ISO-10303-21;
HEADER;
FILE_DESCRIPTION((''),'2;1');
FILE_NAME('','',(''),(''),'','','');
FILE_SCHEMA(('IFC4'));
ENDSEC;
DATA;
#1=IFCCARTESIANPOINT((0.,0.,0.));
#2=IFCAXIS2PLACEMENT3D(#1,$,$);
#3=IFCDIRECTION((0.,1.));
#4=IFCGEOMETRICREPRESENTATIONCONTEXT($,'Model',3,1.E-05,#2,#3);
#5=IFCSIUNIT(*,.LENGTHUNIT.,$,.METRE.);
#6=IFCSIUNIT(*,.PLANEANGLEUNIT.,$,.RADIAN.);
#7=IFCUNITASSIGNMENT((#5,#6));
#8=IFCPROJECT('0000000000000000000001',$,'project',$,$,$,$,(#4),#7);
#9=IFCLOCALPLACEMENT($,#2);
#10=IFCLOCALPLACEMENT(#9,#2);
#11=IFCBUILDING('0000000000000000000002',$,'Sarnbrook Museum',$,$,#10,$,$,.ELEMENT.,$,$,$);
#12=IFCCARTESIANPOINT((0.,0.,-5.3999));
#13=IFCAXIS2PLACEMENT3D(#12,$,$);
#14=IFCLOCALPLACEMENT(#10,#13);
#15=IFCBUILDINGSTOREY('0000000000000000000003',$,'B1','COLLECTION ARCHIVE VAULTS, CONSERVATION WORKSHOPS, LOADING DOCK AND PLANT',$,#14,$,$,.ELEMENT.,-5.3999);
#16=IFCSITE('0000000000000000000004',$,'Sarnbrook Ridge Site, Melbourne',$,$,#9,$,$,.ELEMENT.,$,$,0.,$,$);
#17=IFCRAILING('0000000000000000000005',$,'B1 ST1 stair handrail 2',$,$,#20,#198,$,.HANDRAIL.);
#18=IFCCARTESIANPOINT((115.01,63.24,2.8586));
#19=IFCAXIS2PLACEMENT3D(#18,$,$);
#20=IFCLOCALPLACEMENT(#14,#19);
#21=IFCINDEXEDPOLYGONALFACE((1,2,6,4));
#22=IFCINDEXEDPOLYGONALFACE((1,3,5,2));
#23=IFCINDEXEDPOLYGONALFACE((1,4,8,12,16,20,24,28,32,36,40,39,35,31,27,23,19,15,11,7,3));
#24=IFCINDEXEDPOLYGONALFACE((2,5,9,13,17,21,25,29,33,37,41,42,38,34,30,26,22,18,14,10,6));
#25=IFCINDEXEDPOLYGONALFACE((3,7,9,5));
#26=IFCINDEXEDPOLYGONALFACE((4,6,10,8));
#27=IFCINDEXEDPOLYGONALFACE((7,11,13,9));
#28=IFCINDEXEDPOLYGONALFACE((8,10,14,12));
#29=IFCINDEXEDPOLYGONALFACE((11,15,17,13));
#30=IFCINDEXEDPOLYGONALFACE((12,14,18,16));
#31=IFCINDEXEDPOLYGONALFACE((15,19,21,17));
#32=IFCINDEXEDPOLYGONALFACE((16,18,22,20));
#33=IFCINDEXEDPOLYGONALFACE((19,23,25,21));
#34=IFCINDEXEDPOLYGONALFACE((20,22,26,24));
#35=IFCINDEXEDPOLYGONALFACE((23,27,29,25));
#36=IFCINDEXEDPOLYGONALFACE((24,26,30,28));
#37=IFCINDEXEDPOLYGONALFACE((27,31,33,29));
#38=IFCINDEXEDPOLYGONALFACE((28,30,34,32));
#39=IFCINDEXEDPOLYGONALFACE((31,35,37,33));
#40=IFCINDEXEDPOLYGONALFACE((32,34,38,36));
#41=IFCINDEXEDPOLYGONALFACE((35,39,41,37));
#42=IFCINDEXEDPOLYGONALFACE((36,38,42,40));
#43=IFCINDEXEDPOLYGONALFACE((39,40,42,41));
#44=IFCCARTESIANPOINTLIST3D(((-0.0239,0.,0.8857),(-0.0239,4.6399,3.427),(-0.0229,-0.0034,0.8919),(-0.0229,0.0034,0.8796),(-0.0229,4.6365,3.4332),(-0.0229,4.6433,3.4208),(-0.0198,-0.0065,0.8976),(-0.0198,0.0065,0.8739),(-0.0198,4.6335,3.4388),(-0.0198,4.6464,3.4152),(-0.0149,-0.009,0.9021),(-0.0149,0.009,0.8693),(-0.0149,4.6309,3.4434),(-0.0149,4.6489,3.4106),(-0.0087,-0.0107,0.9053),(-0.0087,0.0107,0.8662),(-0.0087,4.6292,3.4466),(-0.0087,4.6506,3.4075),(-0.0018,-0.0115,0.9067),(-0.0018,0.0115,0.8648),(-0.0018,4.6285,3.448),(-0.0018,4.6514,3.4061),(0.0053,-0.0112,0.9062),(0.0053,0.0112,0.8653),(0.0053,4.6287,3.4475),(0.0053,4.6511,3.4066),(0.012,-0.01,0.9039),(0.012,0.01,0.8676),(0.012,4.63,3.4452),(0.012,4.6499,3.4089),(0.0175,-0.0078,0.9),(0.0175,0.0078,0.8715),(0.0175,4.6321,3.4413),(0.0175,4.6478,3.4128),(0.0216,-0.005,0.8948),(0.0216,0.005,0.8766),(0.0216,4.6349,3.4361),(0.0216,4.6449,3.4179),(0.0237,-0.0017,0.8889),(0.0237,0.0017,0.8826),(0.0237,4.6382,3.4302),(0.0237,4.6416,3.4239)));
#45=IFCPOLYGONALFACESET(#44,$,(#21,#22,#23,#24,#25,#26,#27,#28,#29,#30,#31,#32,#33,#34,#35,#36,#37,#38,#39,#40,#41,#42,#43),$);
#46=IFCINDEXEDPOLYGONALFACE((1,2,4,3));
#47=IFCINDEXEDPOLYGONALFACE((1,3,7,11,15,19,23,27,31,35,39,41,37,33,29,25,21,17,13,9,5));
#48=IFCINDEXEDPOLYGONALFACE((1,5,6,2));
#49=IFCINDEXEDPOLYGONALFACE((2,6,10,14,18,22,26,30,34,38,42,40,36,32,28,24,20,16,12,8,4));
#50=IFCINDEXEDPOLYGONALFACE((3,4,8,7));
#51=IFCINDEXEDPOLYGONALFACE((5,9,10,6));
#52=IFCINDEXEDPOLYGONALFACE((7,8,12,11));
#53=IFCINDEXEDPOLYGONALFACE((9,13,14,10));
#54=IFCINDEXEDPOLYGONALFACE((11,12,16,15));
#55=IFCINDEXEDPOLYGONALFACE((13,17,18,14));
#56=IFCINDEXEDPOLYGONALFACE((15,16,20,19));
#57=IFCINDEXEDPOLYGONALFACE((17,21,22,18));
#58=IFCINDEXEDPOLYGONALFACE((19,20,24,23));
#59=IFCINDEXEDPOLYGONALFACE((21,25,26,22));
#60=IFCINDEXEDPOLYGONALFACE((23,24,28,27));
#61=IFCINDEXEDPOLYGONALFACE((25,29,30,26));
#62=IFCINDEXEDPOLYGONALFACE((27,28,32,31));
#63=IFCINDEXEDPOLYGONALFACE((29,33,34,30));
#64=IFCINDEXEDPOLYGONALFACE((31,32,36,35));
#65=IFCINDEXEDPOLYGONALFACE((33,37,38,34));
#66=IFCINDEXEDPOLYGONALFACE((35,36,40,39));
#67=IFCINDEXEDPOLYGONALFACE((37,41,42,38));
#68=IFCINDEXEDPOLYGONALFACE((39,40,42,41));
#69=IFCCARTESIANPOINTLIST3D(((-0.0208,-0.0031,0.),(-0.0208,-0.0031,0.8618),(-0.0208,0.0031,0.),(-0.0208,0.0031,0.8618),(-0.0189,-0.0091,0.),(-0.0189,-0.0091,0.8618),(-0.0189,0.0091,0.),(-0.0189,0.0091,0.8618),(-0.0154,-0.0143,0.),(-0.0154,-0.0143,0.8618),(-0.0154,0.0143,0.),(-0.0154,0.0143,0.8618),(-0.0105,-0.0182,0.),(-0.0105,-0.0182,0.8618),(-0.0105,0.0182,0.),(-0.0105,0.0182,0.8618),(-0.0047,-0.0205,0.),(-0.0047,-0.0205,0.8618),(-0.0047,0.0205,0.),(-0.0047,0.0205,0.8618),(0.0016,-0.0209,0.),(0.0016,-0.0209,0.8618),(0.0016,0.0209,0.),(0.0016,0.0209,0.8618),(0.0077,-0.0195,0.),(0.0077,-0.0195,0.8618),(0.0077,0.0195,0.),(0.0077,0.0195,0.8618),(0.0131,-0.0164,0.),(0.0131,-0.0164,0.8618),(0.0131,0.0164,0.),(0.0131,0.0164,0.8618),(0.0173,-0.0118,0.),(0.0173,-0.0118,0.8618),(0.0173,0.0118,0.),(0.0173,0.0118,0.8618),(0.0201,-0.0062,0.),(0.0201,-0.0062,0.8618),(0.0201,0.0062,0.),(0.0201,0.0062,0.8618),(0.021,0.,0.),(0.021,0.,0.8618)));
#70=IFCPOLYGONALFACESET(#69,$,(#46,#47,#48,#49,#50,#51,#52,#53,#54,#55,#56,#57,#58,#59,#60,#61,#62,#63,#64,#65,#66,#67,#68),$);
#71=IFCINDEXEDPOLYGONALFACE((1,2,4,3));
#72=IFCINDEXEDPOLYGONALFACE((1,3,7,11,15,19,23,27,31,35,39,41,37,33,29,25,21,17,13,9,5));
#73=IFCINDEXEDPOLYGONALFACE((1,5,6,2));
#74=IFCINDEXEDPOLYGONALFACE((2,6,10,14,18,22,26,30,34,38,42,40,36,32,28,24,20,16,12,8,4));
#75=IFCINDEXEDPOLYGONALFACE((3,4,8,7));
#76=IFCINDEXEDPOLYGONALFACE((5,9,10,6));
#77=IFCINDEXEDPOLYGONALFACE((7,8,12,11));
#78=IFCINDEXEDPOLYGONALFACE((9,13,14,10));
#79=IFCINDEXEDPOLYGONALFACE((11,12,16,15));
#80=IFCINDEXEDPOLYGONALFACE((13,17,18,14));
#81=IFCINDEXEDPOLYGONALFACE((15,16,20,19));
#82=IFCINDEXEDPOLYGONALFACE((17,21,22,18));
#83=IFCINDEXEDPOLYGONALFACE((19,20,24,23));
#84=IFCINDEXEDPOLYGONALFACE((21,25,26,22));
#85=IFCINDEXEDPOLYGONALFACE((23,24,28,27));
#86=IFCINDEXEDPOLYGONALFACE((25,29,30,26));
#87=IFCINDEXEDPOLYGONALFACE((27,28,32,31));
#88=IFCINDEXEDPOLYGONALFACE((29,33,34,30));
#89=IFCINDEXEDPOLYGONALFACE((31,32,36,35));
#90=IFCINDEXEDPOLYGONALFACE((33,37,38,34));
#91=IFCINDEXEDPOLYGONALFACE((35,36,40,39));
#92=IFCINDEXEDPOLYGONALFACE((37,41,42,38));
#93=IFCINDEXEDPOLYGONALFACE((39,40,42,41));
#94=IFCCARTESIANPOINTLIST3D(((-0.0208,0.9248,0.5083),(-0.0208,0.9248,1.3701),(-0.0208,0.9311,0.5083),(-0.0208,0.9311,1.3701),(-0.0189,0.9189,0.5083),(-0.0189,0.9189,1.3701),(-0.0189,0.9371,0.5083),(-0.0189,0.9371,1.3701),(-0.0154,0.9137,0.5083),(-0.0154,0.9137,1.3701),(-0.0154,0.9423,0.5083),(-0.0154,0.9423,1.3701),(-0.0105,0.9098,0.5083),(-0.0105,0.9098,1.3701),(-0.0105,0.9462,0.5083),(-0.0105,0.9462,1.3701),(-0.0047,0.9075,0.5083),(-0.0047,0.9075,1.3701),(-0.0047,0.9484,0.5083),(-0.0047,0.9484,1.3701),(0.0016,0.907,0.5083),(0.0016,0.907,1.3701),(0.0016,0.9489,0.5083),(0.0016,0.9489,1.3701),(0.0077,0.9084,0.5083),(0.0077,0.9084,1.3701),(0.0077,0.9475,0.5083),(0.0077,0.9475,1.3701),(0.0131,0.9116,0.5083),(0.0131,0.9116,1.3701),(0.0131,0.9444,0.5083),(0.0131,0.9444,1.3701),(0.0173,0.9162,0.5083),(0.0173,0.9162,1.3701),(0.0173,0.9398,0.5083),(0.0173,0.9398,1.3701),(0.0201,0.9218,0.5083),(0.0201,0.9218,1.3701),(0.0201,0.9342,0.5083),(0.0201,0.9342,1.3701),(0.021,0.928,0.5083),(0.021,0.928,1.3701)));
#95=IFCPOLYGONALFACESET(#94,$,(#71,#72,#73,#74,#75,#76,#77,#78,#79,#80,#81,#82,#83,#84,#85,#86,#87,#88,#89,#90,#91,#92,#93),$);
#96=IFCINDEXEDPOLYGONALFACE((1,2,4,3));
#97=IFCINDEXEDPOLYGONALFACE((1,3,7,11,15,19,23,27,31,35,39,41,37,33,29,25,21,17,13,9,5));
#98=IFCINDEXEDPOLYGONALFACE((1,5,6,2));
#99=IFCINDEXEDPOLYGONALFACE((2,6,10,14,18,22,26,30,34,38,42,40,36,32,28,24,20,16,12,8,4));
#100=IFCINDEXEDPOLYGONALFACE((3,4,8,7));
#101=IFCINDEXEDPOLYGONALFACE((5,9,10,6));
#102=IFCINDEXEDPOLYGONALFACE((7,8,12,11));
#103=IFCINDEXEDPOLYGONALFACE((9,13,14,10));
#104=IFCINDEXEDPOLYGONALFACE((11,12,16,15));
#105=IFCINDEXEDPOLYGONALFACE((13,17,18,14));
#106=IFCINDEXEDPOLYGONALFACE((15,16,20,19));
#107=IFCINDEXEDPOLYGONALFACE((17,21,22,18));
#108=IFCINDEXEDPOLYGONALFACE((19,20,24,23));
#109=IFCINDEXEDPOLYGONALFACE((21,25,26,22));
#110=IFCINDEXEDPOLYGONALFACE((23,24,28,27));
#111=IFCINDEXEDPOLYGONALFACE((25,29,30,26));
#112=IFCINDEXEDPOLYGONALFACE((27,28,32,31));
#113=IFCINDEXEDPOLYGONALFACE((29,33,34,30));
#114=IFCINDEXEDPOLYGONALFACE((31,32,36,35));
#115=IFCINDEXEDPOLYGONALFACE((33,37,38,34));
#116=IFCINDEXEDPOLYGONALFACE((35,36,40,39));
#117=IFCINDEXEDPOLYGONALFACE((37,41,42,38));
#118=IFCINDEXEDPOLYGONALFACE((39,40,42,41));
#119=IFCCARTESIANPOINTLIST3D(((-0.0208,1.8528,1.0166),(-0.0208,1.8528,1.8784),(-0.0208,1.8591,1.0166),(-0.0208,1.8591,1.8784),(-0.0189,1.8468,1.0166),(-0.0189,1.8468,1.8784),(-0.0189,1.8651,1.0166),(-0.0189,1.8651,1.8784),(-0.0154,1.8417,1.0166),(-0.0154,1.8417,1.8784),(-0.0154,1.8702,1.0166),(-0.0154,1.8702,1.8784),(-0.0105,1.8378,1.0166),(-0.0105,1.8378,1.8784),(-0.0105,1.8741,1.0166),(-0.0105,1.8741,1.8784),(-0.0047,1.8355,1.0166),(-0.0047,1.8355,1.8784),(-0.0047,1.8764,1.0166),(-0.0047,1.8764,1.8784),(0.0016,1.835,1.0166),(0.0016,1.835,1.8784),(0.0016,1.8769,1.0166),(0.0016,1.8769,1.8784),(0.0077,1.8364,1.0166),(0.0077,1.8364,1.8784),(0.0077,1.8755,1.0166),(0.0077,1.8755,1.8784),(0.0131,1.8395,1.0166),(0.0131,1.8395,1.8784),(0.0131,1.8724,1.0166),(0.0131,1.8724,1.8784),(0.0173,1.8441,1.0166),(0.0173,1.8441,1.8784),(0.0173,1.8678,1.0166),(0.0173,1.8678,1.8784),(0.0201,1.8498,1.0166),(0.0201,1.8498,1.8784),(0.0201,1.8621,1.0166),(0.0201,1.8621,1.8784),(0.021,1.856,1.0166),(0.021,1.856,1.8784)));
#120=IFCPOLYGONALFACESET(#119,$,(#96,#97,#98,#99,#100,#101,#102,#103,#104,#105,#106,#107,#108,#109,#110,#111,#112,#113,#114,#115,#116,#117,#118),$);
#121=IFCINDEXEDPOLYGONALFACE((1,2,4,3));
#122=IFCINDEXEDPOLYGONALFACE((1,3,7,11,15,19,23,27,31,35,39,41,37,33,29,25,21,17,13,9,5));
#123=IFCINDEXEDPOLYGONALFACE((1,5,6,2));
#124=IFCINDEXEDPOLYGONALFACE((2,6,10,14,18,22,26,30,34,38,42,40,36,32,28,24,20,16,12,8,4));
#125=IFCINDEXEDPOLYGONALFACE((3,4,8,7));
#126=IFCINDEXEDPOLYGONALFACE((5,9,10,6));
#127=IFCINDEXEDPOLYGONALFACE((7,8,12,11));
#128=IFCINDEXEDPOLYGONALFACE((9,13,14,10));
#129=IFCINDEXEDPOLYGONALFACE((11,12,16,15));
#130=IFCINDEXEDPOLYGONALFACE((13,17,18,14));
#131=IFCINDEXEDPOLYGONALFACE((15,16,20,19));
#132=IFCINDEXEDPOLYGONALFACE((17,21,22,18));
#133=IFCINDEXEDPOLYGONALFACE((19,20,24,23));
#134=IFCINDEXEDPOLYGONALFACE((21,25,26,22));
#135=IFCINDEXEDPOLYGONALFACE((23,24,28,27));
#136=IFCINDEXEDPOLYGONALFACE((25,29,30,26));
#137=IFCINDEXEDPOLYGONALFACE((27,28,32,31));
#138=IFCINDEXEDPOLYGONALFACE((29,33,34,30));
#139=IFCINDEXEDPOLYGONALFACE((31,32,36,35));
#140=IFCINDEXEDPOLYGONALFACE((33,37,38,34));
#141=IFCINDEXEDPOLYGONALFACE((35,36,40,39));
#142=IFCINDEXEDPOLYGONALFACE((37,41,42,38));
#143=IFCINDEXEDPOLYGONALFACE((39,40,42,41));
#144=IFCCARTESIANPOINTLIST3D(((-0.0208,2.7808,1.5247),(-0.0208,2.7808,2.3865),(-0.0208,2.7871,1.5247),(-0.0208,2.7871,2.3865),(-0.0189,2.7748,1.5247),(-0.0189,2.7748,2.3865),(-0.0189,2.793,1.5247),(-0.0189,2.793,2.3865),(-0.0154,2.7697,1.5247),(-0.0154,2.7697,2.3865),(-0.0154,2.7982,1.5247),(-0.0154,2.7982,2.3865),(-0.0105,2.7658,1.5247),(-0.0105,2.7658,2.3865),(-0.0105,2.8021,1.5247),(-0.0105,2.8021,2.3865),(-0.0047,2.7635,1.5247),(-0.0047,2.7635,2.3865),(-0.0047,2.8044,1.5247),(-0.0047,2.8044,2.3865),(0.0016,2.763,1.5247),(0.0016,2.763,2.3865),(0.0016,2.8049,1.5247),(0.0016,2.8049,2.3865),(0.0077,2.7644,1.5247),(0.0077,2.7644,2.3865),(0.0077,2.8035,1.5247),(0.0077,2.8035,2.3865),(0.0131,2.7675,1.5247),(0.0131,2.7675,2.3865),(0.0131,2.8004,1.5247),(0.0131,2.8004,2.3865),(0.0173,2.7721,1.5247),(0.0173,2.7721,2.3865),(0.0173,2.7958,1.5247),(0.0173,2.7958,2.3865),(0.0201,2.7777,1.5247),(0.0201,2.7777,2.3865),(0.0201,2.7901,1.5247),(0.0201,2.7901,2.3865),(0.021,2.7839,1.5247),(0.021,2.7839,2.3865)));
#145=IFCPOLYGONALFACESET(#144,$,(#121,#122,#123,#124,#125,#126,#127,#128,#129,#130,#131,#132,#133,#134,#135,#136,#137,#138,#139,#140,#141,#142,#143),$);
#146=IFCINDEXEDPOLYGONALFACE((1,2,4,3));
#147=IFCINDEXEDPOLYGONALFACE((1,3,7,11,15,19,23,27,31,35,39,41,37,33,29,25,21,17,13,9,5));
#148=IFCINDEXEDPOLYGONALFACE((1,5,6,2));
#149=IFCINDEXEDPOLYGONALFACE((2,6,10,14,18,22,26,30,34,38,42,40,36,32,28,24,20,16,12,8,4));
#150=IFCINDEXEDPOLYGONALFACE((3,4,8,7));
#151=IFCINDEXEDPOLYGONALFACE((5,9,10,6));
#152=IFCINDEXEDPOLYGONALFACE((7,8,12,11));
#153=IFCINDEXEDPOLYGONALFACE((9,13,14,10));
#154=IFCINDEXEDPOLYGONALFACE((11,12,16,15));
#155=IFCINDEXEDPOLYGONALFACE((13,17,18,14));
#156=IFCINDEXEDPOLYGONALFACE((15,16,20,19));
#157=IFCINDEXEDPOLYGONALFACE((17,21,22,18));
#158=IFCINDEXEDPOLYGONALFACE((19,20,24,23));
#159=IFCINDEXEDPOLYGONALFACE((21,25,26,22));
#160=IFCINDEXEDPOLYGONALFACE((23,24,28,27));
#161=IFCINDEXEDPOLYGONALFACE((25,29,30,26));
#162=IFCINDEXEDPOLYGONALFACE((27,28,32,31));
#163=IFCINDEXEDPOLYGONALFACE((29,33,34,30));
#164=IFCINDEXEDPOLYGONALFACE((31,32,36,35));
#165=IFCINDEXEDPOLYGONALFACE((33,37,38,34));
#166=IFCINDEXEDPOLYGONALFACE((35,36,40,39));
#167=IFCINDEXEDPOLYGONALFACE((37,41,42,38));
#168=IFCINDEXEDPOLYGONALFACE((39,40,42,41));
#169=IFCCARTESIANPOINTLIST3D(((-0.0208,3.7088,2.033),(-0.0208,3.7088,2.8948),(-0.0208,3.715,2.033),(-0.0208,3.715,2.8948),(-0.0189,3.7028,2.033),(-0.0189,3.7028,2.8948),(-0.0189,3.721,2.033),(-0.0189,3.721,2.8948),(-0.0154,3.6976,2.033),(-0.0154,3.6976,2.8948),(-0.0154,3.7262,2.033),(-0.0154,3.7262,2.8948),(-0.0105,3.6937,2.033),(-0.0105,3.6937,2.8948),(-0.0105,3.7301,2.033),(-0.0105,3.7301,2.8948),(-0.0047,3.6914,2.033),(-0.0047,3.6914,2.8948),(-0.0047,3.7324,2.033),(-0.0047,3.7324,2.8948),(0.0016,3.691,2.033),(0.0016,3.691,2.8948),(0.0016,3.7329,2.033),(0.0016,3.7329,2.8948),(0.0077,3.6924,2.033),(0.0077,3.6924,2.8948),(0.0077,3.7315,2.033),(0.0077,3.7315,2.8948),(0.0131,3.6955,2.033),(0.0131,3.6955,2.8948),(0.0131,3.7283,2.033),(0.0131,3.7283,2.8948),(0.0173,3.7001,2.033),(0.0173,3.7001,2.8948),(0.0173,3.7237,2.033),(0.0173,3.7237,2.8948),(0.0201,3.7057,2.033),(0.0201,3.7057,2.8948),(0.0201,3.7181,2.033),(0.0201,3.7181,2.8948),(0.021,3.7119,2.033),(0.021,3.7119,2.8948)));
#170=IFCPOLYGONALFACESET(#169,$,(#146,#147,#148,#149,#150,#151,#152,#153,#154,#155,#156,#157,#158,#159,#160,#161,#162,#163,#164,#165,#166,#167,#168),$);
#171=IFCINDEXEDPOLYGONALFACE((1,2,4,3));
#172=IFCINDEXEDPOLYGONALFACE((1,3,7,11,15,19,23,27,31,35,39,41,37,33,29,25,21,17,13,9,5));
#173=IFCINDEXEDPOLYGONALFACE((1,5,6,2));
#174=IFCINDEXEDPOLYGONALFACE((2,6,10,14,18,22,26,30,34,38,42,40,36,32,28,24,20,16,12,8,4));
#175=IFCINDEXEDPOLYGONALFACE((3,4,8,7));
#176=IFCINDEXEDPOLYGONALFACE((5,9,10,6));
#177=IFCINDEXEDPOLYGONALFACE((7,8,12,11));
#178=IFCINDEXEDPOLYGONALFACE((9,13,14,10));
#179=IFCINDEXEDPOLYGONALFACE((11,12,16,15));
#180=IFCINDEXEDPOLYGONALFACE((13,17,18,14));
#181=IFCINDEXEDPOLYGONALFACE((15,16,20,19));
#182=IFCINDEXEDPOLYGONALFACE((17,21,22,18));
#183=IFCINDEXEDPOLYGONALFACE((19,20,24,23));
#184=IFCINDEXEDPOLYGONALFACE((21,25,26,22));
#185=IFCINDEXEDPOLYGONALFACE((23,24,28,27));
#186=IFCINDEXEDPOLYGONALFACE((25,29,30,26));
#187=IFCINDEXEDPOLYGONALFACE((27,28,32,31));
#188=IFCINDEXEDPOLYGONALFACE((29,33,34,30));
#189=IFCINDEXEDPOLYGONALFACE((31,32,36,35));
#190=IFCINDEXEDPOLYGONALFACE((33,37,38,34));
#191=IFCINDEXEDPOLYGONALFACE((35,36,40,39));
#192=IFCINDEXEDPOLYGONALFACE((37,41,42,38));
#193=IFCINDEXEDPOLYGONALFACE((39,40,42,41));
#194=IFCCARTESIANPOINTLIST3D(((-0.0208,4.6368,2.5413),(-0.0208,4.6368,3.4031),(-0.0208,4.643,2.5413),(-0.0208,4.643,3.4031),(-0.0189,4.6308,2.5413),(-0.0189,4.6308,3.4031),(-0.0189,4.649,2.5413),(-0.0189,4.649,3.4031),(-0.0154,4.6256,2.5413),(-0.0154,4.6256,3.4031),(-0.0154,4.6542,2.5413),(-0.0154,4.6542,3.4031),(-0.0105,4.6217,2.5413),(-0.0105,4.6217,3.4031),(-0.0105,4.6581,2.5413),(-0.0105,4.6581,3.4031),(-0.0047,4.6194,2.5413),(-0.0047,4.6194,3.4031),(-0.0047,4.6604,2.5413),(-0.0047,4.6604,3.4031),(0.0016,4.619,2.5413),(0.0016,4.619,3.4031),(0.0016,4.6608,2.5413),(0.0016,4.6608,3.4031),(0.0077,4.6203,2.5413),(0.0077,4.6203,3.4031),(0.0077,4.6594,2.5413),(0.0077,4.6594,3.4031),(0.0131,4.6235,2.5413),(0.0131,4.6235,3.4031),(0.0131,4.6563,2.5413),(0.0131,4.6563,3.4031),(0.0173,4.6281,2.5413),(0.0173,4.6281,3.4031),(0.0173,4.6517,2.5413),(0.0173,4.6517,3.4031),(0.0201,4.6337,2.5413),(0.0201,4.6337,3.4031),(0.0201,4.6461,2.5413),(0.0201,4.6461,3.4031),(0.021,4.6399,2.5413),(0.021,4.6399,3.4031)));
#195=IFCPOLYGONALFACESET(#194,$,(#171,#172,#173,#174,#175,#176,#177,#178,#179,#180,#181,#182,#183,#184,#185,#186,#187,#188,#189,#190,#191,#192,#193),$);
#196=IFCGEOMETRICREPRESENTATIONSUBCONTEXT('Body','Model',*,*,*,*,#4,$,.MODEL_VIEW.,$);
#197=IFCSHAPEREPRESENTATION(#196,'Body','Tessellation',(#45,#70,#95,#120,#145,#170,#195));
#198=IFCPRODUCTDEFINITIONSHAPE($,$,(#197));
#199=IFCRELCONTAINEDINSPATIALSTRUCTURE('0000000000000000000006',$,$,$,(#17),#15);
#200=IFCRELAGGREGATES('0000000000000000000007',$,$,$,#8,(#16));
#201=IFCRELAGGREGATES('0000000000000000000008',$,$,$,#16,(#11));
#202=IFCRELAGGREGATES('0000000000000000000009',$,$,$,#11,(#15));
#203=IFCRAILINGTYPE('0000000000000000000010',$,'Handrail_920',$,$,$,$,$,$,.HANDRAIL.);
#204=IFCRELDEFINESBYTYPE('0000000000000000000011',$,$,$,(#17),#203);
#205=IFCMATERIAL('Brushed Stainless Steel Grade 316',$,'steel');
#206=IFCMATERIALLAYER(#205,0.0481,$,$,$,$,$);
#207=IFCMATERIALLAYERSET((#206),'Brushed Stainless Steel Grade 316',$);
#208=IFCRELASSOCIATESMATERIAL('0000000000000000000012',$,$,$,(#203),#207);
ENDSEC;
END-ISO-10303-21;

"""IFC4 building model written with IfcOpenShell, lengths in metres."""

from ifc_helpers import new_model, si_unit, direction, frame, origin, origin_2d, place, context, subcontext, project, spatial, circle, extrude, material, layer, layer_set, type_object, element, save


model = new_model("IFC4")

# Units and contexts
model_context = context("Model", 3, precision=1e-05, world=origin(), true_north=direction((0.0, 1.0)))
body_context = subcontext(model_context, "Body", "Model", "MODEL_VIEW")
ifc_project = project(units=[si_unit("LENGTHUNIT", "METRE"), si_unit("PLANEANGLEUNIT", "RADIAN")], contexts=[model_context])

# Site, building, storey
site_placement = place(None, origin())
site = spatial("IfcSite", under=ifc_project, at=site_placement, Name="Sarnbrook Ridge Site, Melbourne", CompositionType="ELEMENT", RefElevation=0.0)
building_placement = place(site_placement, origin())
building = spatial("IfcBuilding", under=site, at=building_placement, Name="Sarnbrook Museum", CompositionType="ELEMENT")
storey_placement = place(building_placement, frame((0.0, 0.0, -5.3999)))
storey = spatial("IfcBuildingStorey", under=building, at=storey_placement, Name="B1", Description="COLLECTION ARCHIVE VAULTS, CONSERVATION WORKSHOPS, LOADING DOCK AND PLANT", CompositionType="ELEMENT", Elevation=-5.3999)

# Shared definitions
ifc_material_1 = material(Name="Brushed Stainless Steel Grade 316", Category="steel")

# Railing
ifc_layer_1 = layer(ifc_material_1, 0.0481)
ifc_layer_set_1 = layer_set([ifc_layer_1], Name="Brushed Stainless Steel Grade 316")
railing_type_1 = type_object("IfcRailingType", Name="Handrail_920", PredefinedType="HANDRAIL", material=ifc_layer_set_1)
railing_1_placement = place(storey_placement, frame((115.01, 63.24, 2.8586)))
element("IfcRailing", 1, at=railing_1_placement, inside=storey, type_object=railing_type_1, Name="B1 ST1 stair handrail 2", PredefinedType="HANDRAIL", context=body_context, shape_type="SweptSolid", body=[
    extrude(circle(Radius=0.0239, at=origin_2d()), frame((0.0, 0.0, 0.8857), z_axis=(0.0, 0.877067, 0.480368), x_axis=(-1.0, 0.0, 0.0)), (0.0, 0.0, 1.0), 5.2903),
    extrude(circle(Radius=0.021, at=origin_2d()), origin(), (0.0, 0.0, 1.0), 0.8618),
    extrude(circle(Radius=0.021, at=origin_2d()), frame((0.0, 0.928, 0.5083)), (0.0, 0.0, 1.0), 0.8618),
    extrude(circle(Radius=0.021, at=origin_2d()), frame((0.0, 1.856, 1.0166)), (0.0, 0.0, 1.0), 0.8618),
    extrude(circle(Radius=0.021, at=origin_2d()), frame((0.0, 2.7839, 1.5247)), (0.0, 0.0, 1.0), 0.8618),
    extrude(circle(Radius=0.021, at=origin_2d()), frame((0.0, 3.7119, 2.033)), (0.0, 0.0, 1.0), 0.8618),
    extrude(circle(Radius=0.021, at=origin_2d()), frame((0.0, 4.6399, 2.5413)), (0.0, 0.0, 1.0), 0.8618),
])

save(model, "model.ifc")
